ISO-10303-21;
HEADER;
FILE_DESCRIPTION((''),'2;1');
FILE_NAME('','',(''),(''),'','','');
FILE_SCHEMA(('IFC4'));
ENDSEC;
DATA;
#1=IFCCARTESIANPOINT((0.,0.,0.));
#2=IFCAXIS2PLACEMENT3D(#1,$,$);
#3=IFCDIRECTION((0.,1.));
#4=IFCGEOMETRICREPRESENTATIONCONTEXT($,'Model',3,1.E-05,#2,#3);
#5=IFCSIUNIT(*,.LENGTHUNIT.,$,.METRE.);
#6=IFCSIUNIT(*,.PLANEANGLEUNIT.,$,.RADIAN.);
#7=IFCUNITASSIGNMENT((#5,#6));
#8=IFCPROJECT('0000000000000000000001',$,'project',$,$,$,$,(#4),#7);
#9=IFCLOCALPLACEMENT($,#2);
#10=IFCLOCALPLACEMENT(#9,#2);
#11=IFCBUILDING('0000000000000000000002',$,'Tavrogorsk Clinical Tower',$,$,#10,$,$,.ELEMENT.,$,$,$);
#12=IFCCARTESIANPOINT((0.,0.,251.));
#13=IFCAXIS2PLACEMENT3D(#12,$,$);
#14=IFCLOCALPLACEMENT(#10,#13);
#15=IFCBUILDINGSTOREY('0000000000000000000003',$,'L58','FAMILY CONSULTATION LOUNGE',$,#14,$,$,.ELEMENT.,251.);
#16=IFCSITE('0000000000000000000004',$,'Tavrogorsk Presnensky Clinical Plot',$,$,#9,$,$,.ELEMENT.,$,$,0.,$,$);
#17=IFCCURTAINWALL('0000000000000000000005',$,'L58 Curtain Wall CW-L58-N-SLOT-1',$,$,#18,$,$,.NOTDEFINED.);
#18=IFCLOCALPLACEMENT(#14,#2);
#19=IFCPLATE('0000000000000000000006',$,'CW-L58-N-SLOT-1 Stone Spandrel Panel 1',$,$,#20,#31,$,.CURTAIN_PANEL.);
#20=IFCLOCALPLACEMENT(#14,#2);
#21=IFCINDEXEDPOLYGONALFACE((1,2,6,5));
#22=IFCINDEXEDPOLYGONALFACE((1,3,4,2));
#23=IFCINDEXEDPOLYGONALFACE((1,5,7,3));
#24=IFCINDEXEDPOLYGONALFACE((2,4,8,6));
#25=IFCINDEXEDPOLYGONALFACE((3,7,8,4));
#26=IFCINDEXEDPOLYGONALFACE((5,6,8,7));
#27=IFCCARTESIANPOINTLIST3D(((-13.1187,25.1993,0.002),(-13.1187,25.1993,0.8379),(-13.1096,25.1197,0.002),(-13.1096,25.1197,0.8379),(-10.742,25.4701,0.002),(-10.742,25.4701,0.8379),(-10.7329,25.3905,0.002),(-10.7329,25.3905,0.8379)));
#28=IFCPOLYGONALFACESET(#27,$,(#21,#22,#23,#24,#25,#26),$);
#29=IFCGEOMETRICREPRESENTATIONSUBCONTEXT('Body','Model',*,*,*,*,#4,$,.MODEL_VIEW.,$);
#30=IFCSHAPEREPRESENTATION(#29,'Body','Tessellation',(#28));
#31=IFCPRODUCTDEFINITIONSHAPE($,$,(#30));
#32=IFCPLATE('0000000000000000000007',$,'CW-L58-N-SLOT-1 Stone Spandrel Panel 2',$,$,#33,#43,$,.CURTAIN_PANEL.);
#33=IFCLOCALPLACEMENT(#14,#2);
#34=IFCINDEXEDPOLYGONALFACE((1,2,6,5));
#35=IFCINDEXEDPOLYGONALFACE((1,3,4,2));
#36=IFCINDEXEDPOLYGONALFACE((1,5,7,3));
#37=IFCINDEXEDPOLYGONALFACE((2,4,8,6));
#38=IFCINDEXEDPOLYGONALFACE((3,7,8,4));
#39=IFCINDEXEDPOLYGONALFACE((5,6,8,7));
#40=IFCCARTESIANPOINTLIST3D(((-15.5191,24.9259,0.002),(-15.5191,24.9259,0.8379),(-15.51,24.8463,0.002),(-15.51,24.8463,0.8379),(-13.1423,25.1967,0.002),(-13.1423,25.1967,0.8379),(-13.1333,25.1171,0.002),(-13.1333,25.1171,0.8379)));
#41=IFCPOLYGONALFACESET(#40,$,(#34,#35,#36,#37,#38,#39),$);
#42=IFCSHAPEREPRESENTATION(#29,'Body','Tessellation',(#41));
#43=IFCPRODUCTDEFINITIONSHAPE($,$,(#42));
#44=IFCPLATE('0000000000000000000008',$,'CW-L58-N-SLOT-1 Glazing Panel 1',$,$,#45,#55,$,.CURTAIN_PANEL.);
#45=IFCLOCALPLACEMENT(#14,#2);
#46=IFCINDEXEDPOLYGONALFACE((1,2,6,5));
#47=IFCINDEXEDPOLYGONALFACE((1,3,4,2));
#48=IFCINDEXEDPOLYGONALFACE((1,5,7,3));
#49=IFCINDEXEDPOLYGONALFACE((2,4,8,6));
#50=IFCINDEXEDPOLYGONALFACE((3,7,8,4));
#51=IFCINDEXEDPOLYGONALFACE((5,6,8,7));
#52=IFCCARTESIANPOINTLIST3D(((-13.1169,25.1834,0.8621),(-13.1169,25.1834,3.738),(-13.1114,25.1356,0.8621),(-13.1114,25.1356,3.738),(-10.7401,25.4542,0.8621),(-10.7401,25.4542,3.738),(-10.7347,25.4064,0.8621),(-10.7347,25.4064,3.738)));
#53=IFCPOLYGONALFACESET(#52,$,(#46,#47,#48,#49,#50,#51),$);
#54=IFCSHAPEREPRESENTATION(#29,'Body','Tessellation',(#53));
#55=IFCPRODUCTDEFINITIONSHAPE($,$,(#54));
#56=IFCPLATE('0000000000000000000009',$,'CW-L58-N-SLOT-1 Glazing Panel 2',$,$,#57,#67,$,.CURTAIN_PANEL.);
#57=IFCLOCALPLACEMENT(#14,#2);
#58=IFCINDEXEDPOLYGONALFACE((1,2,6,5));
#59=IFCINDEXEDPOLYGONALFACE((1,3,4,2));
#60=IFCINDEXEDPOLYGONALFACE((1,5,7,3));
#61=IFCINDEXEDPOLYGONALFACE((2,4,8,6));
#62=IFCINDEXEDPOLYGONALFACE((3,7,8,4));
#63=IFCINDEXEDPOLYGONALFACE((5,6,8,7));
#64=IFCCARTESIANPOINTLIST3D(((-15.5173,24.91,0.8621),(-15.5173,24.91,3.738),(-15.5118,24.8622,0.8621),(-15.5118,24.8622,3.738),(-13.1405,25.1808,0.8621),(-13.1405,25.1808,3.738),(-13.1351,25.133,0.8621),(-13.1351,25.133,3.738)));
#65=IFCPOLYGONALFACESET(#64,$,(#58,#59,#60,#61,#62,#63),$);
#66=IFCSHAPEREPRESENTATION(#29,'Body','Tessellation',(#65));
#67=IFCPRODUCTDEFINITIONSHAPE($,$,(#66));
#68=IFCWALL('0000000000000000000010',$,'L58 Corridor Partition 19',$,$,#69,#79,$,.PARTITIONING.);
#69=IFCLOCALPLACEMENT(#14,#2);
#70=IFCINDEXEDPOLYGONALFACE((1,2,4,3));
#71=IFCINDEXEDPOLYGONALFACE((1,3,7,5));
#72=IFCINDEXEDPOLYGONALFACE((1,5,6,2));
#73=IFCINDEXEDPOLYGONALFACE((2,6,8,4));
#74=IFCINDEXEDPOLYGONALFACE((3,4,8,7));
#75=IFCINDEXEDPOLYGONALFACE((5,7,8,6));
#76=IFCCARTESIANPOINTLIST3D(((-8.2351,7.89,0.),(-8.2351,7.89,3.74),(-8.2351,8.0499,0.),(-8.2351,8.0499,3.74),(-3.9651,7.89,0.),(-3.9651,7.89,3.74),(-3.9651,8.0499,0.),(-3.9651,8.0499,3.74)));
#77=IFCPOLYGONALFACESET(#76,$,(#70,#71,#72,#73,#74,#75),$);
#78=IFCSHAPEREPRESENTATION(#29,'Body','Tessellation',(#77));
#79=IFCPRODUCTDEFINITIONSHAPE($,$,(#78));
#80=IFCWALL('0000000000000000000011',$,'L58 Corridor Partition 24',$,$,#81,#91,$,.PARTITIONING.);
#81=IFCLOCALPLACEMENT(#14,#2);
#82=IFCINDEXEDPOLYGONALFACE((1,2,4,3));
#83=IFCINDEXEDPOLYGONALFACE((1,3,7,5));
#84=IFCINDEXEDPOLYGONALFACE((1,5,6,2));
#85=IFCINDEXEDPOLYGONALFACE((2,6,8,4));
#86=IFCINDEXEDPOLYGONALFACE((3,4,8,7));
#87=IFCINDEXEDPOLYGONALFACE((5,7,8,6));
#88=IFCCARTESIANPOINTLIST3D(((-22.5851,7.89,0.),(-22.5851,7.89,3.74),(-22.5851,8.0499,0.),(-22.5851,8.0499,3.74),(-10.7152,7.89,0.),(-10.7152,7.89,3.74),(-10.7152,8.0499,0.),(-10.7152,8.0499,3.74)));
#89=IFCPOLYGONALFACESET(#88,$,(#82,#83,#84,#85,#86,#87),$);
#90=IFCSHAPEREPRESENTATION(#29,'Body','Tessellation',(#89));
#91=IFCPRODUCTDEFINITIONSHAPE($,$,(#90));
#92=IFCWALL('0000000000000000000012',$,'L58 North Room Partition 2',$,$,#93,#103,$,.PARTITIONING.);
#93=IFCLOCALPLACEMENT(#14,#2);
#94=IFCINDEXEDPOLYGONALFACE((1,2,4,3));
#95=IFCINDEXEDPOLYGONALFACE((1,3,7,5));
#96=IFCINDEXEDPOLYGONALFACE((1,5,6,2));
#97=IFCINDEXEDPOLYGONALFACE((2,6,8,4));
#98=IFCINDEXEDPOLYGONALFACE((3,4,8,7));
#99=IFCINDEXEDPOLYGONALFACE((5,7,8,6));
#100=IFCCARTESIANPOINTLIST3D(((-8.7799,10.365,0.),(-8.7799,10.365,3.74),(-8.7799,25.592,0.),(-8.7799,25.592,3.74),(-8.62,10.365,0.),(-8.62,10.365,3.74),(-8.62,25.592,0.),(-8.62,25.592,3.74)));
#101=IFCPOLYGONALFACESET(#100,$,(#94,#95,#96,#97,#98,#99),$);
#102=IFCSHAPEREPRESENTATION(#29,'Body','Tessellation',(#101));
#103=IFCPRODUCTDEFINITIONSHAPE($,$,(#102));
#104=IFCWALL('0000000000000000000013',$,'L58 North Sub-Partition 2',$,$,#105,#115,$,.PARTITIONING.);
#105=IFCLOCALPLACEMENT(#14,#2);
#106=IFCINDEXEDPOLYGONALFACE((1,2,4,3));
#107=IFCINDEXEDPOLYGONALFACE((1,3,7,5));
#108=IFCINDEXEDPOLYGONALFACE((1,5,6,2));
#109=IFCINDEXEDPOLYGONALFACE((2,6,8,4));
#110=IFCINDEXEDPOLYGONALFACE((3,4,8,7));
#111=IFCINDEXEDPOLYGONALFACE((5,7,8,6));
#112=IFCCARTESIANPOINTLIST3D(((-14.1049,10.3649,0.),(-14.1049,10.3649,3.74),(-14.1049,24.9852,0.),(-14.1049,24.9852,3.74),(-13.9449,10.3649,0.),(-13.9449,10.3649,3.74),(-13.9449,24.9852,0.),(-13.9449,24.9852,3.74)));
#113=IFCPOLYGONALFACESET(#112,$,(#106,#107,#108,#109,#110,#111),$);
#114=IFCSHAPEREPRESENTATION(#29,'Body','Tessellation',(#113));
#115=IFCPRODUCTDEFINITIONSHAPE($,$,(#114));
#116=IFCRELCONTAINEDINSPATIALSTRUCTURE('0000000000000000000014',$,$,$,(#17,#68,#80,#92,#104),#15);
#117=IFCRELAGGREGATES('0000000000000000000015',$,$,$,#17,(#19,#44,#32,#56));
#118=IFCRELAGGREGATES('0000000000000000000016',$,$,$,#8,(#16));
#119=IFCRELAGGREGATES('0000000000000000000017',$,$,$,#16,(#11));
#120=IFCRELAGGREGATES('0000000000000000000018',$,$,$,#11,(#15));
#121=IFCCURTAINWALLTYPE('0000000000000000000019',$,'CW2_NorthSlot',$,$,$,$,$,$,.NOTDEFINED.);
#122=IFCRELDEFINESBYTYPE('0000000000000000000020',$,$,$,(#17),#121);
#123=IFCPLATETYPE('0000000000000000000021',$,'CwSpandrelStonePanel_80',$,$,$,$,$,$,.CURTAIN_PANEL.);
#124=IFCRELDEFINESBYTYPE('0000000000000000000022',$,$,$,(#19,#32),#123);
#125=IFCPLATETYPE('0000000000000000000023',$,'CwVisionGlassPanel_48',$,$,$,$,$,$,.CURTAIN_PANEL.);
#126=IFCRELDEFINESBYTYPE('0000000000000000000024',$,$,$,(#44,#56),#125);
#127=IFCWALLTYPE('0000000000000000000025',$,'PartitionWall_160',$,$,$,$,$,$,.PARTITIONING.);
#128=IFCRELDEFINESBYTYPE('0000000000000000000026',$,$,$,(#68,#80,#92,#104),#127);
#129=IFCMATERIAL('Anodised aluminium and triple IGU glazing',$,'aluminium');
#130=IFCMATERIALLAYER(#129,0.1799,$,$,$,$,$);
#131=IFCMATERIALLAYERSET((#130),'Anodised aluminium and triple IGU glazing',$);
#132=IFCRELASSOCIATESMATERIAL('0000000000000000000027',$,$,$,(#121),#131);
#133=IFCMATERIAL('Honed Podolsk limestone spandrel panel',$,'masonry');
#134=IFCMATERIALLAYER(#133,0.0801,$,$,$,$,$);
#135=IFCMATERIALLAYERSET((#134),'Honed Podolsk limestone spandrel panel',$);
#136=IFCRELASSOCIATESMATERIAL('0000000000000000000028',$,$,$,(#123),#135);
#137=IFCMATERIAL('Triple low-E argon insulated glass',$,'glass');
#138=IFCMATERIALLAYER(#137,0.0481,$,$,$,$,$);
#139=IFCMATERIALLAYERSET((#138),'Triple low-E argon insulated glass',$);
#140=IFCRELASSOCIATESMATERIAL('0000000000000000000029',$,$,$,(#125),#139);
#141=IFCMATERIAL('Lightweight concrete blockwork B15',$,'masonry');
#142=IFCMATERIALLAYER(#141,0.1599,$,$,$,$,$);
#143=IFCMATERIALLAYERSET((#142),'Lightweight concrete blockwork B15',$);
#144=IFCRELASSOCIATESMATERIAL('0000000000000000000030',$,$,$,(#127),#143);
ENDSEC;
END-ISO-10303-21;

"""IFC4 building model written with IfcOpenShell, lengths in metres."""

from ifc_helpers import new_model, si_unit, direction, frame, frame_2d, origin, origin_2d, place, context, subcontext, project, spatial, rectangle, extrude, material, layer, layer_set, type_object, element, aggregate, save


model = new_model("IFC4")

# Units and contexts
model_context = context("Model", 3, precision=1e-05, world=origin(), true_north=direction((0.0, 1.0)))
body_context = subcontext(model_context, "Body", "Model", "MODEL_VIEW")
ifc_project = project(units=[si_unit("LENGTHUNIT", "METRE"), si_unit("PLANEANGLEUNIT", "RADIAN")], contexts=[model_context])

# Site, building, storey
site_placement = place(None, origin())
site = spatial("IfcSite", under=ifc_project, at=site_placement, Name="Tavrogorsk Presnensky Clinical Plot", CompositionType="ELEMENT", RefElevation=0.0)
building_placement = place(site_placement, origin())
building = spatial("IfcBuilding", under=site, at=building_placement, Name="Tavrogorsk Clinical Tower", CompositionType="ELEMENT")
storey_placement = place(building_placement, frame((0.0, 0.0, 251.0)))
storey = spatial("IfcBuildingStorey", under=building, at=storey_placement, Name="L58", Description="FAMILY CONSULTATION LOUNGE", CompositionType="ELEMENT", Elevation=251.0)

# Curtain wall
ifc_material_1 = material(Name="Anodised aluminium and triple IGU glazing", Category="aluminium")
ifc_layer_1 = layer(ifc_material_1, 0.1799)
ifc_layer_set_1 = layer_set([ifc_layer_1], Name="Anodised aluminium and triple IGU glazing")
curtain_wall_type = type_object("IfcCurtainWallType", Name="CW2_NorthSlot", PredefinedType="NOTDEFINED", material=ifc_layer_set_1)
curtain_wall_placement = place(storey_placement, origin())
curtain_wall = element("IfcCurtainWall", 1, at=curtain_wall_placement, inside=storey, type_object=curtain_wall_type, Name="L58 Curtain Wall CW-L58-N-SLOT-1", PredefinedType="NOTDEFINED")

# Plates
ifc_material_2 = material(Name="Honed Podolsk limestone spandrel panel", Category="masonry")
ifc_layer_2 = layer(ifc_material_2, 0.0801)
ifc_layer_set_2 = layer_set([ifc_layer_2], Name="Honed Podolsk limestone spandrel panel")
plate_type_1 = type_object("IfcPlateType", Name="CwSpandrelStonePanel_80", PredefinedType="CURTAIN_PANEL", material=ifc_layer_set_2)
plate_1_placement = place(storey_placement, frame((-11.9258, 25.2949, 0.002), z_axis=(0.0, 0.0, 1.0), x_axis=(-0.993572, -0.113203, 0.0)))
plate_1 = element("IfcPlate", 2, at=plate_1_placement, type_object=plate_type_1, Name="CW-L58-N-SLOT-1 Stone Spandrel Panel 1", PredefinedType="CURTAIN_PANEL", context=body_context, shape_type="SweptSolid", body=[
    extrude(rectangle(XDim=2.3921, YDim=0.0801, at=origin_2d()), origin(), (0.0, 0.0, 1.0), 0.8359),
])
plate_2_placement = place(storey_placement, frame((-14.3262, 25.0215, 0.002), z_axis=(0.0, 0.0, 1.0), x_axis=(-0.993572, -0.113203, 0.0)))
plate_2 = element("IfcPlate", 3, at=plate_2_placement, type_object=plate_type_1, Name="CW-L58-N-SLOT-1 Stone Spandrel Panel 2", PredefinedType="CURTAIN_PANEL", context=body_context, shape_type="SweptSolid", body=[
    extrude(rectangle(XDim=2.3921, YDim=0.0801, at=origin_2d()), origin(), (0.0, 0.0, 1.0), 0.8359),
])
ifc_material_3 = material(Name="Triple low-E argon insulated glass", Category="glass")
ifc_layer_3 = layer(ifc_material_3, 0.0481)
ifc_layer_set_3 = layer_set([ifc_layer_3], Name="Triple low-E argon insulated glass")
plate_type_2 = type_object("IfcPlateType", Name="CwVisionGlassPanel_48", PredefinedType="CURTAIN_PANEL", material=ifc_layer_set_3)
plate_3_placement = place(storey_placement, frame((-11.9258, 25.2949, 0.8621), z_axis=(0.0, 0.0, 1.0), x_axis=(-0.993572, -0.113203, 0.0)))
plate_3 = element("IfcPlate", 4, at=plate_3_placement, type_object=plate_type_2, Name="CW-L58-N-SLOT-1 Glazing Panel 1", PredefinedType="CURTAIN_PANEL", context=body_context, shape_type="SweptSolid", body=[
    extrude(rectangle(XDim=2.3921, YDim=0.0481, at=origin_2d()), origin(), (0.0, 0.0, 1.0), 2.876),
])
plate_4_placement = place(storey_placement, frame((-14.3262, 25.0215, 0.8621), z_axis=(0.0, 0.0, 1.0), x_axis=(-0.993572, -0.113203, 0.0)))
plate_4 = element("IfcPlate", 5, at=plate_4_placement, type_object=plate_type_2, Name="CW-L58-N-SLOT-1 Glazing Panel 2", PredefinedType="CURTAIN_PANEL", context=body_context, shape_type="SweptSolid", body=[
    extrude(rectangle(XDim=2.3921, YDim=0.0481, at=origin_2d()), origin(), (0.0, 0.0, 1.0), 2.876),
])
aggregate(curtain_wall, [plate_1, plate_3, plate_2, plate_4])

# Walls
ifc_material_4 = material(Name="Lightweight concrete blockwork B15", Category="masonry")
ifc_layer_4 = layer(ifc_material_4, 0.1599)
ifc_layer_set_4 = layer_set([ifc_layer_4], Name="Lightweight concrete blockwork B15")
wall_type_1 = type_object("IfcWallType", Name="PartitionWall_160", PredefinedType="PARTITIONING", material=ifc_layer_set_4)
wall_1_placement = place(storey_placement, frame((-3.9651, 7.97, 0.0), z_axis=(0.0, 0.0, 1.0), x_axis=(-1.0, 0.0, 0.0)))
element("IfcWall", 6, at=wall_1_placement, inside=storey, type_object=wall_type_1, Name="L58 Corridor Partition 19", PredefinedType="PARTITIONING", context=body_context, shape_type="SweptSolid", body=[
    extrude(rectangle(XDim=4.27, YDim=0.1599, at=frame_2d((2.135, 0.0))), origin(), (0.0, 0.0, 1.0), 3.74),
])
wall_2_placement = place(storey_placement, frame((-10.7151, 7.97, 0.0), z_axis=(0.0, 0.0, 1.0), x_axis=(-1.0, 0.0, 0.0)))
element("IfcWall", 7, at=wall_2_placement, inside=storey, type_object=wall_type_1, Name="L58 Corridor Partition 24", PredefinedType="PARTITIONING", context=body_context, shape_type="SweptSolid", body=[
    extrude(rectangle(XDim=11.8699, YDim=0.1599, at=frame_2d((5.9351, 0.0))), origin(), (0.0, 0.0, 1.0), 3.74),
])
wall_3_placement = place(storey_placement, frame((-8.7, 10.365, 0.0), z_axis=(0.0, 0.0, 1.0), x_axis=(0.0, 1.0, 0.0)))
element("IfcWall", 8, at=wall_3_placement, inside=storey, type_object=wall_type_1, Name="L58 North Room Partition 2", PredefinedType="PARTITIONING", context=body_context, shape_type="SweptSolid", body=[
    extrude(rectangle(XDim=15.2271, YDim=0.1599, at=frame_2d((7.6135, 0.0))), origin(), (0.0, 0.0, 1.0), 3.74),
])
wall_4_placement = place(storey_placement, frame((-14.0249, 10.365, 0.0), z_axis=(0.0, 0.0, 1.0), x_axis=(0.0, 1.0, 0.0)))
element("IfcWall", 9, at=wall_4_placement, inside=storey, type_object=wall_type_1, Name="L58 North Sub-Partition 2", PredefinedType="PARTITIONING", context=body_context, shape_type="SweptSolid", body=[
    extrude(rectangle(XDim=14.6204, YDim=0.1599, at=frame_2d((7.3101, 0.0))), origin(), (0.0, 0.0, 1.0), 3.74),
])

save(model, "model.ifc")
